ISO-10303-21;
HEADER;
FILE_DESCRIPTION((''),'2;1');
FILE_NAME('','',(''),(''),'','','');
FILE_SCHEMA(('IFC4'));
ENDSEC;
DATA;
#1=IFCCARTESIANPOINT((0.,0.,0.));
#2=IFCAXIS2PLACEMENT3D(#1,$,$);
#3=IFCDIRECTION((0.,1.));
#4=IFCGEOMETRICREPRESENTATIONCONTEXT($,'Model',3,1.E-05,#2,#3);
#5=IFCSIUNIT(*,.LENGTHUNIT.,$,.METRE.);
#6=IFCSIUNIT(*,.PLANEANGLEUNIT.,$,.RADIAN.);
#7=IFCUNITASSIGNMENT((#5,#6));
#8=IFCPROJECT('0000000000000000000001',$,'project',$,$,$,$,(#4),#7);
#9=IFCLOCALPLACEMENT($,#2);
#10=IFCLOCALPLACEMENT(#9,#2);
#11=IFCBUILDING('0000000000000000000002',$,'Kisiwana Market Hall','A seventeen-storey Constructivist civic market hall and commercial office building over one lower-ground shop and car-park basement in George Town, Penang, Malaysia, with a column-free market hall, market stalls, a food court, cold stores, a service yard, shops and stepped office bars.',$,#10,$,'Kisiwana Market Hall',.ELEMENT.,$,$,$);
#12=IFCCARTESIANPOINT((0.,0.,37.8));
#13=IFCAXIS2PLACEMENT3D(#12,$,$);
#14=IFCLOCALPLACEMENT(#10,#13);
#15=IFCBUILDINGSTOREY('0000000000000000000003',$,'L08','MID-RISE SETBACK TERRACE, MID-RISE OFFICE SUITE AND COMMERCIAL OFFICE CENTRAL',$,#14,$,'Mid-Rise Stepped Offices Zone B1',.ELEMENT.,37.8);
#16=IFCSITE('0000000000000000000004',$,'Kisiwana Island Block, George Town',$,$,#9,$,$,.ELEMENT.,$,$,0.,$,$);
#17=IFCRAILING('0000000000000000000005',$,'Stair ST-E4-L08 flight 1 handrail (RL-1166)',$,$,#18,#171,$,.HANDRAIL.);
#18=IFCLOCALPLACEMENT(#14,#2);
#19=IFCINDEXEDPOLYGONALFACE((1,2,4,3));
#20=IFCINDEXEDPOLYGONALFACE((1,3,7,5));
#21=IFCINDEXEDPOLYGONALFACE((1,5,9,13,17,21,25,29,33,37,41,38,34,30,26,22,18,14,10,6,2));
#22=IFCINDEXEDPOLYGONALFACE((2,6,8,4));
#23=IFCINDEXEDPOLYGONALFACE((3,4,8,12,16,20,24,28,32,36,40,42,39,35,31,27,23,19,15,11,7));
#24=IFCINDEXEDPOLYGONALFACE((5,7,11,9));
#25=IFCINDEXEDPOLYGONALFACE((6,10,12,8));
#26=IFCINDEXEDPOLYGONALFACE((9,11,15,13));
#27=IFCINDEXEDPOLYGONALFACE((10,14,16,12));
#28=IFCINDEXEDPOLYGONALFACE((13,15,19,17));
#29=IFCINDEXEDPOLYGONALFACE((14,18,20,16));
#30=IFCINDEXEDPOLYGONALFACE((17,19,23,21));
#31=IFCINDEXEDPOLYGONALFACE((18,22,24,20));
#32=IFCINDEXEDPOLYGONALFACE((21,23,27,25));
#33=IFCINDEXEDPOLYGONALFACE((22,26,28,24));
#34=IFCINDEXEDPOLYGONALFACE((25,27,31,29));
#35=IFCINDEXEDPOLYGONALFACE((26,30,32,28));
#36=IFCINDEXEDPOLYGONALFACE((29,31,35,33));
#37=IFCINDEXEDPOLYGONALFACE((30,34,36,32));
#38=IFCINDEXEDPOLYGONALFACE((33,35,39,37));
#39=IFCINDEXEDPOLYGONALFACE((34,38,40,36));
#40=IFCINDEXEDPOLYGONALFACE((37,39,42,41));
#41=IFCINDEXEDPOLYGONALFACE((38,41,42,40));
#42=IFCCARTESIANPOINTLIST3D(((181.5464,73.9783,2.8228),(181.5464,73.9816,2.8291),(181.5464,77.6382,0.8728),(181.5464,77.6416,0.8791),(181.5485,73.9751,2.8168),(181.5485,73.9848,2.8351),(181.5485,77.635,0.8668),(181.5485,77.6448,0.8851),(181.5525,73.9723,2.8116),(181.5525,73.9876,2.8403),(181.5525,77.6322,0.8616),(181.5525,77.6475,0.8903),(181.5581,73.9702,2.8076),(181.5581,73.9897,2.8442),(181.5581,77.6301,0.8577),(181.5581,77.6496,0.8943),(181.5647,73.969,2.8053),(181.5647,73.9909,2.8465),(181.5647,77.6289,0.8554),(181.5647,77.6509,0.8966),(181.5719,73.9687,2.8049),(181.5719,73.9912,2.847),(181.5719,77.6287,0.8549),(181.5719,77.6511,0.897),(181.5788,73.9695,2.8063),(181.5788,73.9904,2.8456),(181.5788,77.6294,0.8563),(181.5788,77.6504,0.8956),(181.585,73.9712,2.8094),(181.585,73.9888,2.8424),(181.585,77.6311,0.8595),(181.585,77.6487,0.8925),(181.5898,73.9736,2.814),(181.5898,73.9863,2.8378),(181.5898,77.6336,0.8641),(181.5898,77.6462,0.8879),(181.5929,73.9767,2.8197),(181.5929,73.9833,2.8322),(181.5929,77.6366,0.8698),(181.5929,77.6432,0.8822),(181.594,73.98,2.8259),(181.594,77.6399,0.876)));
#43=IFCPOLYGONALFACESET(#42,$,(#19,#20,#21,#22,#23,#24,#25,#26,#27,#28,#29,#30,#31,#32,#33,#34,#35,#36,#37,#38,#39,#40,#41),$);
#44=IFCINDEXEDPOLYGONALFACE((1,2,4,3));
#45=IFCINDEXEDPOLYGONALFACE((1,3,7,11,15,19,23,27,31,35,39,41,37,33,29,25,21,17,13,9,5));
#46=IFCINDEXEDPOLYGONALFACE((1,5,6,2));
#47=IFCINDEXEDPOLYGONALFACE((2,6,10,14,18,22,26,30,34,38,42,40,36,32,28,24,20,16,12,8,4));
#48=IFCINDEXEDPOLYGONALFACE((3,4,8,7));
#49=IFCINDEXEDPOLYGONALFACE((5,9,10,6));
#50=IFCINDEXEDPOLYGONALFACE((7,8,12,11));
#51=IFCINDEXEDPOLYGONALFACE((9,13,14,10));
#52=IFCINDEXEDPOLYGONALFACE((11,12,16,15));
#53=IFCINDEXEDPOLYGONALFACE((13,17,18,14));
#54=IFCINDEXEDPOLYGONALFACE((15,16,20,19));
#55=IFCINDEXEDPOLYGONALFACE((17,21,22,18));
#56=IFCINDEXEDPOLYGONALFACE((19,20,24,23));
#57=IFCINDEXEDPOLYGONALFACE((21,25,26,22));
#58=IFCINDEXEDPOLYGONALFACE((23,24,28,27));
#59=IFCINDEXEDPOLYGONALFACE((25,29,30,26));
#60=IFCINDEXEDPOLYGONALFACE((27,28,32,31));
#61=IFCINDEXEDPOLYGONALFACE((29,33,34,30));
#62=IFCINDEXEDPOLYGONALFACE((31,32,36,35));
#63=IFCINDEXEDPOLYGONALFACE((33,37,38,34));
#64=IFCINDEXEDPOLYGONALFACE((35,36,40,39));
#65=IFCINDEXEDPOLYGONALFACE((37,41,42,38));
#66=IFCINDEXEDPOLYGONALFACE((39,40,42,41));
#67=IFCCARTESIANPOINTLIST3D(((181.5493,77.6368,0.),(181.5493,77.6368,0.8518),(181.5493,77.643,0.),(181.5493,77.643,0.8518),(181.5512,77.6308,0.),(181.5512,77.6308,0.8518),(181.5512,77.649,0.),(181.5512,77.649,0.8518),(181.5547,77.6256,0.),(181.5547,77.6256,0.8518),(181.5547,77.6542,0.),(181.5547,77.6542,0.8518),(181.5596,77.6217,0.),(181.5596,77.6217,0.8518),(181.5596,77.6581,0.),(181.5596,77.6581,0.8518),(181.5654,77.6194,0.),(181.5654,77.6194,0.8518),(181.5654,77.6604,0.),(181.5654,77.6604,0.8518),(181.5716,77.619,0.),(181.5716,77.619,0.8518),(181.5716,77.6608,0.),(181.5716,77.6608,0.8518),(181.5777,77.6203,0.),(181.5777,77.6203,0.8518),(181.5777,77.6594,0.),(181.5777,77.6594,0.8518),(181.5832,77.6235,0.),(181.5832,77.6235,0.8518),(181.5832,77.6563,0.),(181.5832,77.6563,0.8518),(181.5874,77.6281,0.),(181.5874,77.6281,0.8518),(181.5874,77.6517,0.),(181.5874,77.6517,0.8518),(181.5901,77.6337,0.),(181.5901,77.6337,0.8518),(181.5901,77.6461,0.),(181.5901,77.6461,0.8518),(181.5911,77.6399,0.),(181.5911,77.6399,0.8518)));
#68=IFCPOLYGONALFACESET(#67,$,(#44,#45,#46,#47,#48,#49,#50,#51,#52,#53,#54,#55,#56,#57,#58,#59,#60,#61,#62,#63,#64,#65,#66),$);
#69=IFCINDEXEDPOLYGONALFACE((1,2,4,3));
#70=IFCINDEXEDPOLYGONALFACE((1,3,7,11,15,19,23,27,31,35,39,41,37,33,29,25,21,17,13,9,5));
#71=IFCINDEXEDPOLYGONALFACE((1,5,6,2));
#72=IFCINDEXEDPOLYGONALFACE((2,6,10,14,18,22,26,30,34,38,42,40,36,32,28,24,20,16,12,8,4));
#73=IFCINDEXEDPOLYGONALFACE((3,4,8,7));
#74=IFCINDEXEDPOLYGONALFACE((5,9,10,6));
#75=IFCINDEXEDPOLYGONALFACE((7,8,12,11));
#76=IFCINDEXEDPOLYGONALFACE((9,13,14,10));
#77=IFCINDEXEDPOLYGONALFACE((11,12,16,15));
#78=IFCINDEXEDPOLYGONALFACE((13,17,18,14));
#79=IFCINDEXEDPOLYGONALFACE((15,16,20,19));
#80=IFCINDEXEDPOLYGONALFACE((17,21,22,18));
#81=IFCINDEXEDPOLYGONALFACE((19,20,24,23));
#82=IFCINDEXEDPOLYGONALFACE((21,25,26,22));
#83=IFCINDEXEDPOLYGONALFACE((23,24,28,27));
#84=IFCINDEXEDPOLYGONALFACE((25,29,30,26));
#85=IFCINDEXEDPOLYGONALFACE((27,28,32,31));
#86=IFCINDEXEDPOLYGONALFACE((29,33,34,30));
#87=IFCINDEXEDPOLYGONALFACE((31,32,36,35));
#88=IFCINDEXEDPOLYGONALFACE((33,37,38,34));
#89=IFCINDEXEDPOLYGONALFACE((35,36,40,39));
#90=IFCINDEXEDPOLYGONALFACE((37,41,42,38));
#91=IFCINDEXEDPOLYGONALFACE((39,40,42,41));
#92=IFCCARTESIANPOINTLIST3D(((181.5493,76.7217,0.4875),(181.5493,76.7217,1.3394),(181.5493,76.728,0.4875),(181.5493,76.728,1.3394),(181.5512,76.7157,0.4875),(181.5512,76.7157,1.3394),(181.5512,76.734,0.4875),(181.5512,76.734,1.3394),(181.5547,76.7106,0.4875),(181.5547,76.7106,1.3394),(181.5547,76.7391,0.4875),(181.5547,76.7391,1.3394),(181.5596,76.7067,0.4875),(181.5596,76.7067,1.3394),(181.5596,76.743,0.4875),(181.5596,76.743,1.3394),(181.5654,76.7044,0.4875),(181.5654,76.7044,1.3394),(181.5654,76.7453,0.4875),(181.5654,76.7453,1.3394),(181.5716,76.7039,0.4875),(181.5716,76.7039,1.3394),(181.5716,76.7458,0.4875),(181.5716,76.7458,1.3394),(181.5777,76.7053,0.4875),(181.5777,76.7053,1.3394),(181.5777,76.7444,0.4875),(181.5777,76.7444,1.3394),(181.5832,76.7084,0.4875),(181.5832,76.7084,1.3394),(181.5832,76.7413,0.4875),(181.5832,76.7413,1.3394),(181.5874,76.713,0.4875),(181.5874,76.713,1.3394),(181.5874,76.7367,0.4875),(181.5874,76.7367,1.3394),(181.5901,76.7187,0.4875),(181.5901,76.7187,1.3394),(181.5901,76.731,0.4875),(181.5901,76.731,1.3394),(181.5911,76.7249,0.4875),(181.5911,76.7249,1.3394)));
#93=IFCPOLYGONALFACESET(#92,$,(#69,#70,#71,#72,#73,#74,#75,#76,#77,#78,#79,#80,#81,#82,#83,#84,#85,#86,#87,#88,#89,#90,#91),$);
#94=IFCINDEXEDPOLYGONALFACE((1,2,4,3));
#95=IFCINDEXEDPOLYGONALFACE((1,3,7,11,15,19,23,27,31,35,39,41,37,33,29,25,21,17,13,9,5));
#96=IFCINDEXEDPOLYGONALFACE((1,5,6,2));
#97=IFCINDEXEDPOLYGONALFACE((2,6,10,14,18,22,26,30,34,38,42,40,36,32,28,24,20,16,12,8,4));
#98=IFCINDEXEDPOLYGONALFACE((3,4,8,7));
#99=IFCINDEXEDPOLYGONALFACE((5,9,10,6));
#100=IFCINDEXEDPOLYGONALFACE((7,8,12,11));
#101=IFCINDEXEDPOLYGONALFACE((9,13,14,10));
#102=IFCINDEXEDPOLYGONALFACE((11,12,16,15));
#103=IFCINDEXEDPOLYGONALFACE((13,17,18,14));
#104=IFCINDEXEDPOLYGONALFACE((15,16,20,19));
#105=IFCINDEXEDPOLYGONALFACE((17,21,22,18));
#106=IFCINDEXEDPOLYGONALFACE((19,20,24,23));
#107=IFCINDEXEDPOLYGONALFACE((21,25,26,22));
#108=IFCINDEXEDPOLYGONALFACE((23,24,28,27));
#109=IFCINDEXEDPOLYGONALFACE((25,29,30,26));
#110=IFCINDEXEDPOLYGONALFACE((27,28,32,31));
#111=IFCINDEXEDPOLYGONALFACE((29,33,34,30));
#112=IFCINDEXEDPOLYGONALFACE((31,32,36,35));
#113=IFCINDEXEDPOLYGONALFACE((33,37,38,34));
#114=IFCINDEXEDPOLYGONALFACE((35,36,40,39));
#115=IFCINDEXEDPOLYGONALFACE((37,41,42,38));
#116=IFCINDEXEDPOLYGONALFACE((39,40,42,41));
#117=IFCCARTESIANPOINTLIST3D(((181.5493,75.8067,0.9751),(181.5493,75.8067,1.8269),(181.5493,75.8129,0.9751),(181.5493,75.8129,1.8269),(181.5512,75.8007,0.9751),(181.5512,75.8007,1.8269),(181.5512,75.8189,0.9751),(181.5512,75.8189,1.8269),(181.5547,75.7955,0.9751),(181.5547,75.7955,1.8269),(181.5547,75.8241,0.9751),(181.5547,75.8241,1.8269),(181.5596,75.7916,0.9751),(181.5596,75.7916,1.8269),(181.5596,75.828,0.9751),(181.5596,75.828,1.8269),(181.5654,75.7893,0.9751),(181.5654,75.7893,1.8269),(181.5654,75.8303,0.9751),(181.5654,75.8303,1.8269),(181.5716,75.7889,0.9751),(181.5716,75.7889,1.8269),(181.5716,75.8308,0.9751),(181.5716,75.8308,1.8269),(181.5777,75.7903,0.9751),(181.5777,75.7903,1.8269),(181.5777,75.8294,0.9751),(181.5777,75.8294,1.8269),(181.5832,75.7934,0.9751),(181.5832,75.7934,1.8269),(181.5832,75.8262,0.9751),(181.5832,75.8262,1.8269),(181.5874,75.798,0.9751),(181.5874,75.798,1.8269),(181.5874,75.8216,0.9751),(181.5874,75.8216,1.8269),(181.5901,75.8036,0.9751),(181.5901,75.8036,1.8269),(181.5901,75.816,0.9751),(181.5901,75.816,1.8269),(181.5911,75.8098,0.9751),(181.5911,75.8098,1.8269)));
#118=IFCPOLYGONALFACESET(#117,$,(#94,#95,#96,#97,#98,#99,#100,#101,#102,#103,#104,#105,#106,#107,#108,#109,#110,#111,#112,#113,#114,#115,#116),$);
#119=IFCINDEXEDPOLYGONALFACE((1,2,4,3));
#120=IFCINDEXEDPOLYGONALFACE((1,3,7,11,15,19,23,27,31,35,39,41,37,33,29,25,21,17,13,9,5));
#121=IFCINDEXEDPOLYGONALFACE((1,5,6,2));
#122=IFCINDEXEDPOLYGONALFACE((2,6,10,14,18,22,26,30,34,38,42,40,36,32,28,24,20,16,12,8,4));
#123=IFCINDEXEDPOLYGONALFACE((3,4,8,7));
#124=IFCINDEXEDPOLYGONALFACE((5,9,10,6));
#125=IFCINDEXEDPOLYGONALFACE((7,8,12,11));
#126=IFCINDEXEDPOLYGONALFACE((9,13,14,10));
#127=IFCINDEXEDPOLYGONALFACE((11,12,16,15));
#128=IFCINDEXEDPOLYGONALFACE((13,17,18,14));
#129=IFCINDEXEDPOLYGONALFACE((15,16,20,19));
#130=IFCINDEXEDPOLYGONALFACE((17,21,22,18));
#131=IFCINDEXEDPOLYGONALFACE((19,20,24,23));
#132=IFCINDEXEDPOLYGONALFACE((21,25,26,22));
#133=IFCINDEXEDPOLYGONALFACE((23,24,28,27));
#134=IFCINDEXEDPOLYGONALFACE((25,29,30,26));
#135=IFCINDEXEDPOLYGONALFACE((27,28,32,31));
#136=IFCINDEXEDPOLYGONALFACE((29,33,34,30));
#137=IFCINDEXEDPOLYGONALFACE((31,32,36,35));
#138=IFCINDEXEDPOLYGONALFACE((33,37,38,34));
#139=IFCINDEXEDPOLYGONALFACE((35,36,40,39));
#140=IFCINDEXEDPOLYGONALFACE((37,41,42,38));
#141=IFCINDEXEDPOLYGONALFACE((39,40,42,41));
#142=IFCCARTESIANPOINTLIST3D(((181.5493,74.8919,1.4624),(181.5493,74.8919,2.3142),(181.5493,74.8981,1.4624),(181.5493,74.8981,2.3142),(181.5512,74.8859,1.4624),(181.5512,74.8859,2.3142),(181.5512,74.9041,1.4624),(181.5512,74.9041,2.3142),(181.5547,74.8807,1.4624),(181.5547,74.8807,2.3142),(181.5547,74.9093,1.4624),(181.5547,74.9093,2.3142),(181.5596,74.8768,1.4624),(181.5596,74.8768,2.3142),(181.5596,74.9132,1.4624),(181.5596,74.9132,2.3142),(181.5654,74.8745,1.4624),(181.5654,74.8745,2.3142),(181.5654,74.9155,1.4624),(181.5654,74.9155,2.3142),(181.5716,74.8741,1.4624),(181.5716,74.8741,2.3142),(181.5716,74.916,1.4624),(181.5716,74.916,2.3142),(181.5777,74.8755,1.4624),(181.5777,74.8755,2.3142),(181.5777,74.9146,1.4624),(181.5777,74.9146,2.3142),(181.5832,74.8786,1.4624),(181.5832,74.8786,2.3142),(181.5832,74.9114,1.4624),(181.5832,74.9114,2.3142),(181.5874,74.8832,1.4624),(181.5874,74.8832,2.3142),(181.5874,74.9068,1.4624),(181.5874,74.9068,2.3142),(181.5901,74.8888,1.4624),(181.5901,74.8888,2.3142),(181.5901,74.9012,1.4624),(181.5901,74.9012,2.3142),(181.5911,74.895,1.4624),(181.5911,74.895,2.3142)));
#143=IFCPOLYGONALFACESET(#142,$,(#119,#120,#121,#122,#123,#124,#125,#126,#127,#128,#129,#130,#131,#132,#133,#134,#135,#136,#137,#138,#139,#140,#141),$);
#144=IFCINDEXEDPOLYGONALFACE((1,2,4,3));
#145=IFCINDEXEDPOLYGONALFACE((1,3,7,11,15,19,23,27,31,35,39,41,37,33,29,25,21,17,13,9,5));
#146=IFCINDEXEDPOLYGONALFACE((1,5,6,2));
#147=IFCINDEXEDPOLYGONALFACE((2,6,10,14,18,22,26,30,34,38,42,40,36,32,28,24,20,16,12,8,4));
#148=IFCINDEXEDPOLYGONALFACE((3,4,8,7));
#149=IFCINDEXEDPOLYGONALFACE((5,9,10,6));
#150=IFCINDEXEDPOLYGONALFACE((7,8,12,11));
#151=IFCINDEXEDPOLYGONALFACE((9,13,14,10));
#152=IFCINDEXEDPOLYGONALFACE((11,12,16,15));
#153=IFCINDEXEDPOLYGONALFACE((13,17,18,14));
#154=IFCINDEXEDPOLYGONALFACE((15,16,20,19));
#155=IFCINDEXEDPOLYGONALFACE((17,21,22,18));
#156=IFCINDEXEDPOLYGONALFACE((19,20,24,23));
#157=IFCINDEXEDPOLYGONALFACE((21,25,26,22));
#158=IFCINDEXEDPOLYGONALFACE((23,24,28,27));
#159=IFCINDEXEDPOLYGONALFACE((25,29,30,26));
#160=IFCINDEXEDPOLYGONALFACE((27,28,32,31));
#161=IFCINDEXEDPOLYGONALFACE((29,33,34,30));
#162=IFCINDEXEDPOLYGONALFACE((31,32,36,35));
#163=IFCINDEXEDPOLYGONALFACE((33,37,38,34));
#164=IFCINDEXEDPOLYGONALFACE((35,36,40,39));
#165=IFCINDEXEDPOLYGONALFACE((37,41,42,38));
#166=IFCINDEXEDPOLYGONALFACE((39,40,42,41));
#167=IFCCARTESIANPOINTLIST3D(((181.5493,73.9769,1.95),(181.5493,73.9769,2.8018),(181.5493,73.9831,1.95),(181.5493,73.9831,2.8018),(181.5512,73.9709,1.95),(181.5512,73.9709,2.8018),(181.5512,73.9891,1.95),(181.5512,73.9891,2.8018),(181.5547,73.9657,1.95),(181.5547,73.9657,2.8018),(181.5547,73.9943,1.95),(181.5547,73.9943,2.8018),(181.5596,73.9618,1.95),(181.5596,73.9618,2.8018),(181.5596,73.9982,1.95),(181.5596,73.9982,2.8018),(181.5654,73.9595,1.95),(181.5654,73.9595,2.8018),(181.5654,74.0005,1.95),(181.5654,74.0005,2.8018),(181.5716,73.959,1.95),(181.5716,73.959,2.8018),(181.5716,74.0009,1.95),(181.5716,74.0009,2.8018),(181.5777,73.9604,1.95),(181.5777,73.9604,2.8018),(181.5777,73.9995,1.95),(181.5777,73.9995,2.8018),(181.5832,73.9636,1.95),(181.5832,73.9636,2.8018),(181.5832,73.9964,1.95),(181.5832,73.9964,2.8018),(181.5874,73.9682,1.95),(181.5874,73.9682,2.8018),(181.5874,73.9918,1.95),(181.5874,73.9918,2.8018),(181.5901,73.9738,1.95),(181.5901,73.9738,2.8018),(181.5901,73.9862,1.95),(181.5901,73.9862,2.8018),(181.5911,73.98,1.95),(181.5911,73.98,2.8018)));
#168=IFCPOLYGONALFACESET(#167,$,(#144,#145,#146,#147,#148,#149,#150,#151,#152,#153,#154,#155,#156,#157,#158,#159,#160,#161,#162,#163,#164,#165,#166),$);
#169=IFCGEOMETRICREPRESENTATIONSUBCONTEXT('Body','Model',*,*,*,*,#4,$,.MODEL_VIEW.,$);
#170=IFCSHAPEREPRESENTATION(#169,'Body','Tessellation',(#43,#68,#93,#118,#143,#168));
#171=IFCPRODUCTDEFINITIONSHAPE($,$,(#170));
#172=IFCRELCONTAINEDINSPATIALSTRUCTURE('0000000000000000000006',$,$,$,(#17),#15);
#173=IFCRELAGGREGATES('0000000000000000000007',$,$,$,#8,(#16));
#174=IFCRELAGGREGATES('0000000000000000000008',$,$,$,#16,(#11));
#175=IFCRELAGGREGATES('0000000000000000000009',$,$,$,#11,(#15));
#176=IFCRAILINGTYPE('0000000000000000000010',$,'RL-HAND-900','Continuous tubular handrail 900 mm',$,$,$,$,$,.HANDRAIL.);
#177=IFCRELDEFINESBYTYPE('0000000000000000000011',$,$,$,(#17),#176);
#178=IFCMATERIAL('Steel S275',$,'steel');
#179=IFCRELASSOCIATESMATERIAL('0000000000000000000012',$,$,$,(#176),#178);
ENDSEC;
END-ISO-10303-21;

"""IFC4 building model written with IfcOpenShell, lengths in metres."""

from ifc_helpers import new_model, si_unit, direction, frame, origin, origin_2d, place, context, subcontext, project, spatial, circle, extrude, material, type_object, element, save


model = new_model("IFC4")

# Units and contexts
model_context = context("Model", 3, precision=1e-05, world=origin(), true_north=direction((0.0, 1.0)))
body_context = subcontext(model_context, "Body", "Model", "MODEL_VIEW")
ifc_project = project(units=[si_unit("LENGTHUNIT", "METRE"), si_unit("PLANEANGLEUNIT", "RADIAN")], contexts=[model_context])

# Site, building, storey
site_placement = place(None, origin())
site = spatial("IfcSite", under=ifc_project, at=site_placement, Name="Kisiwana Island Block, George Town", CompositionType="ELEMENT", RefElevation=0.0)
building_placement = place(site_placement, origin())
building = spatial("IfcBuilding", under=site, at=building_placement, Name="Kisiwana Market Hall", Description="A seventeen-storey Constructivist civic market hall and commercial office building over one lower-ground shop and car-park basement in George Town, Penang, Malaysia, with a column-free market hall, market stalls, a food court, cold stores, a service yard, shops and stepped office bars.", LongName="Kisiwana Market Hall", CompositionType="ELEMENT")
storey_placement = place(building_placement, frame((0.0, 0.0, 37.8)))
storey = spatial("IfcBuildingStorey", under=building, at=storey_placement, Name="L08", Description="MID-RISE SETBACK TERRACE, MID-RISE OFFICE SUITE AND COMMERCIAL OFFICE CENTRAL", LongName="Mid-Rise Stepped Offices Zone B1", CompositionType="ELEMENT", Elevation=37.8)

# Railing
ifc_material_1 = material(Name="Steel S275", Category="steel")
railing_type_1 = type_object("IfcRailingType", Name="RL-HAND-900", Description="Continuous tubular handrail 900 mm", PredefinedType="HANDRAIL", material=ifc_material_1)
railing_1_placement = place(storey_placement, frame((181.5701, 77.6399, 0.0)))
element("IfcRailing", 1, at=railing_1_placement, inside=storey, type_object=railing_type_1, Name="Stair ST-E4-L08 flight 1 handrail (RL-1166)", PredefinedType="HANDRAIL", context=body_context, shape_type="SweptSolid", body=[
    extrude(circle(Radius=0.0239, at=origin_2d()), frame((0.0, 0.0, 0.876), z_axis=(0.0, -0.882553, 0.470212), x_axis=(1.0, 0.0, 0.0)), (0.0, 0.0, 1.0), 4.147),
    extrude(circle(Radius=0.021, at=origin_2d()), origin(), (0.0, 0.0, 1.0), 0.8518),
    extrude(circle(Radius=0.021, at=origin_2d()), frame((0.0, -0.915, 0.4875)), (0.0, 0.0, 1.0), 0.8518),
    extrude(circle(Radius=0.021, at=origin_2d()), frame((0.0, -1.8301, 0.9751)), (0.0, 0.0, 1.0), 0.8518),
    extrude(circle(Radius=0.021, at=origin_2d()), frame((0.0, -2.7449, 1.4624)), (0.0, 0.0, 1.0), 0.8518),
    extrude(circle(Radius=0.021, at=origin_2d()), frame((0.0, -3.6599, 1.95)), (0.0, 0.0, 1.0), 0.8518),
])

save(model, "model.ifc")
